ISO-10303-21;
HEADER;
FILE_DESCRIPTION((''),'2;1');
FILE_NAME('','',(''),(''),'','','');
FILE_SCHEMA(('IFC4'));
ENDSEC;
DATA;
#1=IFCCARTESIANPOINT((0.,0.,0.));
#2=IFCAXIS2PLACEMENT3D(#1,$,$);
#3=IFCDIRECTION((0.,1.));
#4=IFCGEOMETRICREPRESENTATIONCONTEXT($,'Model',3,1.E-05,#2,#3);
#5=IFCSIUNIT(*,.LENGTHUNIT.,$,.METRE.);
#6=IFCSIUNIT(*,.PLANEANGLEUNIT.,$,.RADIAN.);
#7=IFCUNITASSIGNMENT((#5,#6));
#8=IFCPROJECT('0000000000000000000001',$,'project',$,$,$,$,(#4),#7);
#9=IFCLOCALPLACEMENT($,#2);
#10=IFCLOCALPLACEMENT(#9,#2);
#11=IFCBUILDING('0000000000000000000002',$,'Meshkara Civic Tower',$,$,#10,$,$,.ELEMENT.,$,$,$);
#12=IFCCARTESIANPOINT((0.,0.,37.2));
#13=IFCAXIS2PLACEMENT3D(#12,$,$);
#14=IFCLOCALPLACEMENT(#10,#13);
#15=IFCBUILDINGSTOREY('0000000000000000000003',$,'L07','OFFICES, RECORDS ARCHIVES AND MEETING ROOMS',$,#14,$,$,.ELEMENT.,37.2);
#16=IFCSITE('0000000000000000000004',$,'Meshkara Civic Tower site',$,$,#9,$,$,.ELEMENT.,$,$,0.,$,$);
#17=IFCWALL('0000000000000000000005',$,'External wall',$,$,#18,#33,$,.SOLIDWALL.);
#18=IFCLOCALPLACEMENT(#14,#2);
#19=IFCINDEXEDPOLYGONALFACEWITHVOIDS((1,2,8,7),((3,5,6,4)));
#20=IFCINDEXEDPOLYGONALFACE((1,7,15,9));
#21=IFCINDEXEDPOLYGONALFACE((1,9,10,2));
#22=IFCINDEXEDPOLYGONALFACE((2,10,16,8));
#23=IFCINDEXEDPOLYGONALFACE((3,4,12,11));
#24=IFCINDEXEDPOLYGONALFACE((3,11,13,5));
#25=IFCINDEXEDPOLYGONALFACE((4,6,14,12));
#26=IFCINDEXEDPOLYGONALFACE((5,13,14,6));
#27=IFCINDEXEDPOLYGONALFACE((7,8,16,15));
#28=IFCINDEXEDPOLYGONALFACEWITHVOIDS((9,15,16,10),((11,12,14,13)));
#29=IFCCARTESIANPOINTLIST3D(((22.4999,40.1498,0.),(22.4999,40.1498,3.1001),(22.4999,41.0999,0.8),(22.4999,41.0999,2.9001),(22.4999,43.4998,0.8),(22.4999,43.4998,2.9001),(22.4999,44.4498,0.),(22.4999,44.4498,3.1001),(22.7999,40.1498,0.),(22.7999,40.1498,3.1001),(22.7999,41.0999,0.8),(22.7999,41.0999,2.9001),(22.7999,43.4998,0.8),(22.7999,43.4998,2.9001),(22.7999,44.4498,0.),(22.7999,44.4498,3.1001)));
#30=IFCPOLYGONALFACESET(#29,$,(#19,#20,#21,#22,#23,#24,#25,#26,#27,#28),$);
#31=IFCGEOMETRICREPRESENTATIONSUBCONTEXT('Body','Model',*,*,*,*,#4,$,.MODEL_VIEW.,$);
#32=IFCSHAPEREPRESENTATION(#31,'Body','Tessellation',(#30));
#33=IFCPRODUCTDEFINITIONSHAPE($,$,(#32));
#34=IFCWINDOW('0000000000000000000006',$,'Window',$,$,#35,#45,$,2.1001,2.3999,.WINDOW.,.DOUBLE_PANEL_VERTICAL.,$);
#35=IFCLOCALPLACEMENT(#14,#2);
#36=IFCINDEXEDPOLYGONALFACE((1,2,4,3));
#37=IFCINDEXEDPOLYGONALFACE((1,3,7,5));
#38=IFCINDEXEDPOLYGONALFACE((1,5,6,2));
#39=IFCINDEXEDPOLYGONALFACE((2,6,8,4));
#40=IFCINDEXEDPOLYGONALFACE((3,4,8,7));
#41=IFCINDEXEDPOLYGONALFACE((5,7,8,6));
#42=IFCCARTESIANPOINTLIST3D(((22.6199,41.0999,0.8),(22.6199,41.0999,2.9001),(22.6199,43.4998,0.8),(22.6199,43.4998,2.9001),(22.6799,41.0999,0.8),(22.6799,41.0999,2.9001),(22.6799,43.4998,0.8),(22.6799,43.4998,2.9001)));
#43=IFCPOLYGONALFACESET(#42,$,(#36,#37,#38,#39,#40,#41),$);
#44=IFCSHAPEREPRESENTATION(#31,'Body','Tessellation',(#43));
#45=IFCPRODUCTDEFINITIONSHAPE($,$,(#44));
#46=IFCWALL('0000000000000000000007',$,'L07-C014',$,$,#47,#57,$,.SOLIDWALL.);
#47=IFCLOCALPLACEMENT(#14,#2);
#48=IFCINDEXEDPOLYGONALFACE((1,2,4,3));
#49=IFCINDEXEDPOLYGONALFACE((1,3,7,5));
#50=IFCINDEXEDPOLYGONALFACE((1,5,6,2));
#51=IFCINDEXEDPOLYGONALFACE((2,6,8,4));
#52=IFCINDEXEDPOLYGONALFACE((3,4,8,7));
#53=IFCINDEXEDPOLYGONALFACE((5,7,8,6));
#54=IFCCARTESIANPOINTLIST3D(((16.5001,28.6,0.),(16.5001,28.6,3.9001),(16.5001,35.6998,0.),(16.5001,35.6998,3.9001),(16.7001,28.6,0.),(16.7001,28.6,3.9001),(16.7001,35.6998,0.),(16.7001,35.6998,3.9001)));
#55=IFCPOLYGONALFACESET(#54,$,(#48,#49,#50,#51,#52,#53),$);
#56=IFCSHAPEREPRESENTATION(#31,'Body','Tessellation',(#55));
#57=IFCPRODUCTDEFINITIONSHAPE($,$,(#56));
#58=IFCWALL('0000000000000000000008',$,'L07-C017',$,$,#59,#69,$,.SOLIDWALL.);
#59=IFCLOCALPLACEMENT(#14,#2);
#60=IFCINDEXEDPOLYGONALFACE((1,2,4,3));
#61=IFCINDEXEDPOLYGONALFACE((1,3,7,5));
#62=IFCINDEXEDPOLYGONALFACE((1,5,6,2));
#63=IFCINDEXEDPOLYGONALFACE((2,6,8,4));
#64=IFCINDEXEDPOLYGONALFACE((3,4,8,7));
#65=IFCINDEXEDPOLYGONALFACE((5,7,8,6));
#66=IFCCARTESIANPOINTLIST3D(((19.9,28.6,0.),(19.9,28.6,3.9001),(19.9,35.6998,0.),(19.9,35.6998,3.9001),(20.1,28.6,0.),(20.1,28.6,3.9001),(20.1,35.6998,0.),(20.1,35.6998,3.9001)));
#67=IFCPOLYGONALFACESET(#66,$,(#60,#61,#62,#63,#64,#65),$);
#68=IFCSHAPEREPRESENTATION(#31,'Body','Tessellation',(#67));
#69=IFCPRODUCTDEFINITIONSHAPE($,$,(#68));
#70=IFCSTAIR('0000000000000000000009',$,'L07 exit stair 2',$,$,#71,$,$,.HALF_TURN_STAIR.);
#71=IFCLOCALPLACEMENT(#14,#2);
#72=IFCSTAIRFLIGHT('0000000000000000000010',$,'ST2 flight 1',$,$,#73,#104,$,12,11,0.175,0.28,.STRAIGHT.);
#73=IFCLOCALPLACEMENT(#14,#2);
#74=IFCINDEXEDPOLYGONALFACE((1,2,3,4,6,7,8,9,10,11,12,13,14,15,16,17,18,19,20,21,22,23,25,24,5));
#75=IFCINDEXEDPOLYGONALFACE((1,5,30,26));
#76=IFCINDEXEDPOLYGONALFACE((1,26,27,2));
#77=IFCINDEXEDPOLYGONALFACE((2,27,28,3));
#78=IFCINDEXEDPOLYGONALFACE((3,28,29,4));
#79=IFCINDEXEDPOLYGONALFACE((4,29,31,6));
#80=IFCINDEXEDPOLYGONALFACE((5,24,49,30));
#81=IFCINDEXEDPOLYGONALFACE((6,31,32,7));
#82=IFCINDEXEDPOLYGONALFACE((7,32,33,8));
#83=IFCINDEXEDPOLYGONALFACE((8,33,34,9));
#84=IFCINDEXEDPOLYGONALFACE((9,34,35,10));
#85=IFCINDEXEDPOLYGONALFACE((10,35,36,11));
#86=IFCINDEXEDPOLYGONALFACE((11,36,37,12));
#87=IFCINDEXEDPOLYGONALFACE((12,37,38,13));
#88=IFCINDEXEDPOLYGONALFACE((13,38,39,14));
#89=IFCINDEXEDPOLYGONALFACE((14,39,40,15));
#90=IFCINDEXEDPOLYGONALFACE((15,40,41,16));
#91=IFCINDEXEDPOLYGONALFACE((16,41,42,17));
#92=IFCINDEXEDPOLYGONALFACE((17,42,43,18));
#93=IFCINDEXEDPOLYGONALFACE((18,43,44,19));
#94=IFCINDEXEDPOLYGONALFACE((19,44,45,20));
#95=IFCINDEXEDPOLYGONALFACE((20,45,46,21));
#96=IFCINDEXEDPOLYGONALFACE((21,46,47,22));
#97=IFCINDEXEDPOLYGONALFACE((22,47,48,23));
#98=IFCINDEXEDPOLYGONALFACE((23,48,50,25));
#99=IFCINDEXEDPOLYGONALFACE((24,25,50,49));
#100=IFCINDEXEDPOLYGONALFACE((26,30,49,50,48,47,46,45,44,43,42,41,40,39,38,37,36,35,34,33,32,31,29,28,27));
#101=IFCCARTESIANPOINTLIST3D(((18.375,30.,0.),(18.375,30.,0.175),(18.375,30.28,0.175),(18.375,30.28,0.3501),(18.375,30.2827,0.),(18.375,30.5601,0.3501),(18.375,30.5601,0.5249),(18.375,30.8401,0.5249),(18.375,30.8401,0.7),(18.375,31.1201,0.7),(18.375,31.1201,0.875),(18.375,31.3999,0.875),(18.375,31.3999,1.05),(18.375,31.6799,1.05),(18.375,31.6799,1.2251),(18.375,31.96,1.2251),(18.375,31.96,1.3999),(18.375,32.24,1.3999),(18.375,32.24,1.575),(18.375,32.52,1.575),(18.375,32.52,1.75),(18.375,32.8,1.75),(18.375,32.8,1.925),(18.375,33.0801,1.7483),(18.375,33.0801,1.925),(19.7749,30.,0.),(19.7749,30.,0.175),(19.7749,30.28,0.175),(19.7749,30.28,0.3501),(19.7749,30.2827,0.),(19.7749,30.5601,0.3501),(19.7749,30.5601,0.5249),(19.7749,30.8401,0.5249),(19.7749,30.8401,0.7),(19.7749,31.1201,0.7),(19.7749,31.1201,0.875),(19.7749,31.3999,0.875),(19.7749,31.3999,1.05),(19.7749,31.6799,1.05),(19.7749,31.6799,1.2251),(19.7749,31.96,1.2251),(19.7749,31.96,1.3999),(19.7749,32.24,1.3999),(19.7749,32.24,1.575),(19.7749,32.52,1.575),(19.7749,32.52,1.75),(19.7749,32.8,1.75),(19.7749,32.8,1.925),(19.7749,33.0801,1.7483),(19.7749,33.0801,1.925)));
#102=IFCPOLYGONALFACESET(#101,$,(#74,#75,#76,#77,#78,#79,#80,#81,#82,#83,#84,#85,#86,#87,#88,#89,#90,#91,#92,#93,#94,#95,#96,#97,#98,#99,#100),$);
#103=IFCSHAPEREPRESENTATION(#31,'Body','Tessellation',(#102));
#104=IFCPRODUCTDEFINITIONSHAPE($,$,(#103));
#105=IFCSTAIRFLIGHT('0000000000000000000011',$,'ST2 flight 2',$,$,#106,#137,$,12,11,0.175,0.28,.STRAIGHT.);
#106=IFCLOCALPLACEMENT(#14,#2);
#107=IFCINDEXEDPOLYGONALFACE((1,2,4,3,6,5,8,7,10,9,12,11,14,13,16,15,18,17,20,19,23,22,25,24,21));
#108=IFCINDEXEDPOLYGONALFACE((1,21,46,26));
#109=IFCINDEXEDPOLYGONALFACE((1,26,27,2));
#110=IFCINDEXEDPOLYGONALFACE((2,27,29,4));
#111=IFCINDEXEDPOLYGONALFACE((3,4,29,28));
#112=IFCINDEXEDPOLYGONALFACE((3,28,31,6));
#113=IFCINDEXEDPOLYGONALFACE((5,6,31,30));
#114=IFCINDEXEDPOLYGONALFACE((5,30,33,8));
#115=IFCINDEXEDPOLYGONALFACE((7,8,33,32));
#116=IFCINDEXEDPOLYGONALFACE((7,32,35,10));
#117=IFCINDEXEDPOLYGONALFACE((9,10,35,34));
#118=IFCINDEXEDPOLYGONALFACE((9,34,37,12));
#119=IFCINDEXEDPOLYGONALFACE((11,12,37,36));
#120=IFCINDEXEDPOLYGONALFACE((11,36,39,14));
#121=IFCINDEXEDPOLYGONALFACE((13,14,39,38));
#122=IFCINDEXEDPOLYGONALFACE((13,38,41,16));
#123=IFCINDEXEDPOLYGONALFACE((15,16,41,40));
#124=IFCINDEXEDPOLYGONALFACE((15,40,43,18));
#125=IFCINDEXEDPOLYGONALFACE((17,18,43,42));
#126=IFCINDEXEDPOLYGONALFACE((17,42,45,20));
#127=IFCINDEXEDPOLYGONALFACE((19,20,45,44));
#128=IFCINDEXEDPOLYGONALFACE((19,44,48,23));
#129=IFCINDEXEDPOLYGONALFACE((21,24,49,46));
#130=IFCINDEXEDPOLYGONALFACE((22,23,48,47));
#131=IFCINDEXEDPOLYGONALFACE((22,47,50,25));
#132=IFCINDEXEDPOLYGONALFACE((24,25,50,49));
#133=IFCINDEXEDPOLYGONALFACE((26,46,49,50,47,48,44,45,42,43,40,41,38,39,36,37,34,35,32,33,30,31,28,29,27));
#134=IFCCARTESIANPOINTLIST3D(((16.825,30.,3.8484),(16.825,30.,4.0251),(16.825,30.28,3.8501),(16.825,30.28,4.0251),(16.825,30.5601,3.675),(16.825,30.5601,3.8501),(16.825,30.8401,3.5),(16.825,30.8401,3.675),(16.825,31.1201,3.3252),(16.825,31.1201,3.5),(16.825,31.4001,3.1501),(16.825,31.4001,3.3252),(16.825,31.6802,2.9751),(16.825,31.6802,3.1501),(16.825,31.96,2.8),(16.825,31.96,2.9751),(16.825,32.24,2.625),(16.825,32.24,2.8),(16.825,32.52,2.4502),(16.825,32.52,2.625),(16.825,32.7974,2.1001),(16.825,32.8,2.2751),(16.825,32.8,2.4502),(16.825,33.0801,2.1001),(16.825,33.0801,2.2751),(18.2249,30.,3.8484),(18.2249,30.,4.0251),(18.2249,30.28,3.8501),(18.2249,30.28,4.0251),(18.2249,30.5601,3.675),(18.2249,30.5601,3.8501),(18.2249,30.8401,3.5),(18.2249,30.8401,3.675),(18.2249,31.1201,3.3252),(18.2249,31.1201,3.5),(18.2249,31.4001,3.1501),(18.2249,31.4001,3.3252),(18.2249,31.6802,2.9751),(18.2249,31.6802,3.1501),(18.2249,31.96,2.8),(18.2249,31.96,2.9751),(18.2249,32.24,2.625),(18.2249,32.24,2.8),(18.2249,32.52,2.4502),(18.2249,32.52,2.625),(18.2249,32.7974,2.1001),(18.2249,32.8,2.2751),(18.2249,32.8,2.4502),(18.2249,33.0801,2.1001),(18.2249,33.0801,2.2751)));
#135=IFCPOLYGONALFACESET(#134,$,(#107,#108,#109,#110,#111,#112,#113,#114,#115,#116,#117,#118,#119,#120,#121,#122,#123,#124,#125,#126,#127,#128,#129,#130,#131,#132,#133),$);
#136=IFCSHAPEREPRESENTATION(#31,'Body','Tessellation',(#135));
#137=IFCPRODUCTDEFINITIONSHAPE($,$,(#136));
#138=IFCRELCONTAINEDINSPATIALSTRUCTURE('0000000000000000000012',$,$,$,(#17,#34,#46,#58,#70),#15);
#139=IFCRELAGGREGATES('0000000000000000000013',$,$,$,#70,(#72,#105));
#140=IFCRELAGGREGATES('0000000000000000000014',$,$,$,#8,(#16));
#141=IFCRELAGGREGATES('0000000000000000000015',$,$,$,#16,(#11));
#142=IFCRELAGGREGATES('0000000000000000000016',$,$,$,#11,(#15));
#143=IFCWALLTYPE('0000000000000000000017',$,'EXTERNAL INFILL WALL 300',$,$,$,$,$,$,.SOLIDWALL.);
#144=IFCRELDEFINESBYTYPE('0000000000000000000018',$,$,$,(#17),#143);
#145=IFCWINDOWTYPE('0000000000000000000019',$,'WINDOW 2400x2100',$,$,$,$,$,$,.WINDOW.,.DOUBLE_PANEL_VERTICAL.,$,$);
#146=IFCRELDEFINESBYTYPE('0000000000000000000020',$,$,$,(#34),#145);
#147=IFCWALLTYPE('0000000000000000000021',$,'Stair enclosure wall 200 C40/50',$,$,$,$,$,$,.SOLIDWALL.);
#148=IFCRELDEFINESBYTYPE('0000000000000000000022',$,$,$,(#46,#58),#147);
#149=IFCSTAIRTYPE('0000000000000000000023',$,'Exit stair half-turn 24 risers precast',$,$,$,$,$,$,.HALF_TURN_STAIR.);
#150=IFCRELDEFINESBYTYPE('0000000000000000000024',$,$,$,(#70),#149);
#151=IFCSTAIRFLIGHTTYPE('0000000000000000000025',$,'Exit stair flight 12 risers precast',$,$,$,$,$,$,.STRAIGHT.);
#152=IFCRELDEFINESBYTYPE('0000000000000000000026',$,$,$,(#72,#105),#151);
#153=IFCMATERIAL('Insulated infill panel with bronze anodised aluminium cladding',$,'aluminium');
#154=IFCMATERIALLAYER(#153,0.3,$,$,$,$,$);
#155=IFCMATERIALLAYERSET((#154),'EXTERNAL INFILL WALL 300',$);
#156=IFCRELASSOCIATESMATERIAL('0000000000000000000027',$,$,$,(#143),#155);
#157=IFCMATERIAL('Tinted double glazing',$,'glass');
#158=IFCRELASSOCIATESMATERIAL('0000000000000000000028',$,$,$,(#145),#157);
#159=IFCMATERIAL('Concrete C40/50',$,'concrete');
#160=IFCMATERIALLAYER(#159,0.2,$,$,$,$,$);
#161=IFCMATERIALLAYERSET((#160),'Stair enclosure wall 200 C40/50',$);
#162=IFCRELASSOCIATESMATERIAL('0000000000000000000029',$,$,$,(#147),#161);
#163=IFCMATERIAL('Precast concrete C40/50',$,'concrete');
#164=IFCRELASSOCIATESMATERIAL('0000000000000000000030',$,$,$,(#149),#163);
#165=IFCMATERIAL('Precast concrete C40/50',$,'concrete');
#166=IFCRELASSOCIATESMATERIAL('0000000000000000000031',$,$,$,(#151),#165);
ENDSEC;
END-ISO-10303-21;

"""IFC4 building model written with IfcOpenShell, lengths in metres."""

from ifc_helpers import new_model, si_unit, direction, frame, frame_2d, origin, place, context, subcontext, project, spatial, polyline, rectangle, outline, extrude, material, layer, layer_set, type_object, element, fill, aggregate, save


model = new_model("IFC4")

# Units and contexts
model_context = context("Model", 3, precision=1e-05, world=origin(), true_north=direction((0.0, 1.0)))
body_context = subcontext(model_context, "Body", "Model", "MODEL_VIEW")
ifc_project = project(units=[si_unit("LENGTHUNIT", "METRE"), si_unit("PLANEANGLEUNIT", "RADIAN")], contexts=[model_context])

# Site, building, storey
site_placement = place(None, origin())
site = spatial("IfcSite", under=ifc_project, at=site_placement, Name="Meshkara Civic Tower site", CompositionType="ELEMENT", RefElevation=0.0)
building_placement = place(site_placement, origin())
building = spatial("IfcBuilding", under=site, at=building_placement, Name="Meshkara Civic Tower", CompositionType="ELEMENT")
storey_placement = place(building_placement, frame((0.0, 0.0, 37.2)))
storey = spatial("IfcBuildingStorey", under=building, at=storey_placement, Name="L07", Description="OFFICES, RECORDS ARCHIVES AND MEETING ROOMS", CompositionType="ELEMENT", Elevation=37.2)

# Wall, opening, window
ifc_material_1 = material(Name="Insulated infill panel with bronze anodised aluminium cladding", Category="aluminium")
ifc_layer_1 = layer(ifc_material_1, 0.3)
ifc_layer_set_1 = layer_set([ifc_layer_1], Name="EXTERNAL INFILL WALL 300")
wall_type_1 = type_object("IfcWallType", Name="EXTERNAL INFILL WALL 300", PredefinedType="SOLIDWALL", material=ifc_layer_set_1)
ifc_material_2 = material(Name="Tinted double glazing", Category="glass")
window_type_1 = type_object("IfcWindowType", Name="WINDOW 2400x2100", PartitioningType="DOUBLE_PANEL_VERTICAL", PredefinedType="WINDOW", material=ifc_material_2)
wall_1_placement = place(storey_placement, frame((22.6499, 40.1499, 0.0), z_axis=(0.0, 0.0, 1.0), x_axis=(0.0, 1.0, 0.0)))
wall_1 = element("IfcWall", 1, at=wall_1_placement, inside=storey, type_object=wall_type_1, Name="External wall", PredefinedType="SOLIDWALL", context=body_context, shape_type="SweptSolid", body=[
    extrude(rectangle(XDim=4.3, YDim=0.3, at=frame_2d((2.1499, 0.0))), origin(), (0.0, 0.0, 1.0), 3.1001),
])
opening_1_placement = place(wall_1_placement, frame((0.95, 0.0, 0.8)))
opening_1 = element("IfcOpeningElement", 2, at=opening_1_placement, cuts=wall_1, PredefinedType="OPENING", context=body_context, shape_type="SweptSolid", body=[
    extrude(rectangle(XDim=2.3999, YDim=2.1001, at=frame_2d((1.2, 1.05))), frame((0.0, 0.1599, 0.0), z_axis=(0.0, -1.0, 0.0), x_axis=(1.0, 0.0, 0.0)), (0.0, 0.0, 1.0), 0.3201),
])
window_1_placement = place(opening_1_placement, origin())
window_1 = element("IfcWindow", 3, at=window_1_placement, inside=storey, type_object=window_type_1, Name="Window", OverallHeight=2.1001, OverallWidth=2.3999, PartitioningType="DOUBLE_PANEL_VERTICAL", PredefinedType="WINDOW", context=body_context, shape_type="SweptSolid", body=[
    extrude(rectangle(XDim=2.3999, YDim=2.1001, at=frame_2d((1.2, 1.05))), frame((0.0, 0.03, 0.0), z_axis=(0.0, -1.0, 0.0), x_axis=(1.0, 0.0, 0.0)), (0.0, 0.0, 1.0), 0.0601),
])
fill(opening_1, window_1)

# Walls
ifc_material_3 = material(Name="Concrete C40/50", Category="concrete")
ifc_layer_2 = layer(ifc_material_3, 0.2)
ifc_layer_set_2 = layer_set([ifc_layer_2], Name="Stair enclosure wall 200 C40/50")
wall_type_2 = type_object("IfcWallType", Name="Stair enclosure wall 200 C40/50", PredefinedType="SOLIDWALL", material=ifc_layer_set_2)
for number, where, z_axis, x_axis, name in (
    (4, (16.6001, 28.6001, 0.0), (0.0, 0.0, 1.0), (0.0, 1.0, 0.0), "L07-C014"),
    (5, (20.0, 28.6001, 0.0), (0.0, 0.0, 1.0), (0.0, 1.0, 0.0), "L07-C017"),
):
    element("IfcWall", number, at=place(storey_placement, frame(where, z_axis=z_axis, x_axis=x_axis)), inside=storey, type_object=wall_type_2, Name=name, PredefinedType="SOLIDWALL", context=body_context, shape_type="SweptSolid", body=[
        extrude(rectangle(XDim=7.0999, YDim=0.2, at=frame_2d((3.5498, 0.0))), origin(), (0.0, 0.0, 1.0), 3.9001),
    ])

# Stair, stair flights
ifc_material_4 = material(Name="Precast concrete C40/50", Category="concrete")
stair_type = type_object("IfcStairType", Name="Exit stair half-turn 24 risers precast", PredefinedType="HALF_TURN_STAIR", material=ifc_material_4)
stair_placement = place(storey_placement, origin())
stair = element("IfcStair", 6, at=stair_placement, inside=storey, type_object=stair_type, Name="L07 exit stair 2", PredefinedType="HALF_TURN_STAIR")
ifc_material_5 = material(Name="Precast concrete C40/50", Category="concrete")
stair_flight_type = type_object("IfcStairFlightType", Name="Exit stair flight 12 risers precast", PredefinedType="STRAIGHT", material=ifc_material_5)
stair_flight_1_placement = place(storey_placement, frame((19.075, 30.0, 0.0), z_axis=(0.0, 0.0, 1.0), x_axis=(0.0, 1.0, 0.0)))
stair_flight_1 = element("IfcStairFlight", 7, at=stair_flight_1_placement, type_object=stair_flight_type, Name="ST2 flight 1", NumberOfRisers=12, NumberOfTreads=11, PredefinedType="STRAIGHT", RiserHeight=0.175, TreadLength=0.28, context=body_context, shape_type="SweptSolid", body=[
    extrude(outline(polyline([(0.0, 0.0), (0.0, 0.175), (0.28, 0.175), (0.28, 0.3501), (0.5601, 0.3501), (0.5601, 0.5249), (0.8401, 0.5249), (0.8401, 0.7), (1.1201, 0.7), (1.1201, 0.875), (1.3999, 0.875), (1.3999, 1.05), (1.6799, 1.05), (1.6799, 1.2251), (1.96, 1.2251), (1.96, 1.3999), (2.24, 1.3999), (2.24, 1.575), (2.52, 1.575), (2.52, 1.75), (2.8, 1.75), (2.8, 1.925), (3.0801, 1.925), (3.0801, 2.1001), (3.0801, 1.7483), (0.2827, 0.0), (0.0, 0.0)])), frame((0.0, 0.7, 0.0), z_axis=(0.0, -1.0, 0.0), x_axis=(1.0, 0.0, 0.0)), (0.0, 0.0, 1.0), 1.3999),
])
stair_flight_2_placement = place(storey_placement, frame((17.5249, 33.0801, 2.1001), z_axis=(0.0, 0.0, 1.0), x_axis=(0.0, -1.0, 0.0)))
stair_flight_2 = element("IfcStairFlight", 8, at=stair_flight_2_placement, type_object=stair_flight_type, Name="ST2 flight 2", NumberOfRisers=12, NumberOfTreads=11, PredefinedType="STRAIGHT", RiserHeight=0.175, TreadLength=0.28, context=body_context, shape_type="SweptSolid", body=[
    extrude(outline(polyline([(0.0, 0.0), (0.0, 0.175), (0.28, 0.175), (0.28, 0.3501), (0.5601, 0.3501), (0.5601, 0.5249), (0.8401, 0.5249), (0.8401, 0.7), (1.1201, 0.7), (1.1201, 0.875), (1.3999, 0.875), (1.3999, 1.05), (1.6799, 1.05), (1.6799, 1.2251), (1.96, 1.2251), (1.96, 1.3999), (2.24, 1.3999), (2.24, 1.575), (2.52, 1.575), (2.52, 1.75), (2.8, 1.75), (2.8, 1.925), (3.0801, 1.925), (3.0801, 2.1001), (3.0801, 1.7483), (0.2827, 0.0), (0.0, 0.0)])), frame((0.0, 0.7, 0.0), z_axis=(0.0, -1.0, 0.0), x_axis=(1.0, 0.0, 0.0)), (0.0, 0.0, 1.0), 1.3999),
])
aggregate(stair, [stair_flight_1, stair_flight_2])

save(model, "model.ifc")
